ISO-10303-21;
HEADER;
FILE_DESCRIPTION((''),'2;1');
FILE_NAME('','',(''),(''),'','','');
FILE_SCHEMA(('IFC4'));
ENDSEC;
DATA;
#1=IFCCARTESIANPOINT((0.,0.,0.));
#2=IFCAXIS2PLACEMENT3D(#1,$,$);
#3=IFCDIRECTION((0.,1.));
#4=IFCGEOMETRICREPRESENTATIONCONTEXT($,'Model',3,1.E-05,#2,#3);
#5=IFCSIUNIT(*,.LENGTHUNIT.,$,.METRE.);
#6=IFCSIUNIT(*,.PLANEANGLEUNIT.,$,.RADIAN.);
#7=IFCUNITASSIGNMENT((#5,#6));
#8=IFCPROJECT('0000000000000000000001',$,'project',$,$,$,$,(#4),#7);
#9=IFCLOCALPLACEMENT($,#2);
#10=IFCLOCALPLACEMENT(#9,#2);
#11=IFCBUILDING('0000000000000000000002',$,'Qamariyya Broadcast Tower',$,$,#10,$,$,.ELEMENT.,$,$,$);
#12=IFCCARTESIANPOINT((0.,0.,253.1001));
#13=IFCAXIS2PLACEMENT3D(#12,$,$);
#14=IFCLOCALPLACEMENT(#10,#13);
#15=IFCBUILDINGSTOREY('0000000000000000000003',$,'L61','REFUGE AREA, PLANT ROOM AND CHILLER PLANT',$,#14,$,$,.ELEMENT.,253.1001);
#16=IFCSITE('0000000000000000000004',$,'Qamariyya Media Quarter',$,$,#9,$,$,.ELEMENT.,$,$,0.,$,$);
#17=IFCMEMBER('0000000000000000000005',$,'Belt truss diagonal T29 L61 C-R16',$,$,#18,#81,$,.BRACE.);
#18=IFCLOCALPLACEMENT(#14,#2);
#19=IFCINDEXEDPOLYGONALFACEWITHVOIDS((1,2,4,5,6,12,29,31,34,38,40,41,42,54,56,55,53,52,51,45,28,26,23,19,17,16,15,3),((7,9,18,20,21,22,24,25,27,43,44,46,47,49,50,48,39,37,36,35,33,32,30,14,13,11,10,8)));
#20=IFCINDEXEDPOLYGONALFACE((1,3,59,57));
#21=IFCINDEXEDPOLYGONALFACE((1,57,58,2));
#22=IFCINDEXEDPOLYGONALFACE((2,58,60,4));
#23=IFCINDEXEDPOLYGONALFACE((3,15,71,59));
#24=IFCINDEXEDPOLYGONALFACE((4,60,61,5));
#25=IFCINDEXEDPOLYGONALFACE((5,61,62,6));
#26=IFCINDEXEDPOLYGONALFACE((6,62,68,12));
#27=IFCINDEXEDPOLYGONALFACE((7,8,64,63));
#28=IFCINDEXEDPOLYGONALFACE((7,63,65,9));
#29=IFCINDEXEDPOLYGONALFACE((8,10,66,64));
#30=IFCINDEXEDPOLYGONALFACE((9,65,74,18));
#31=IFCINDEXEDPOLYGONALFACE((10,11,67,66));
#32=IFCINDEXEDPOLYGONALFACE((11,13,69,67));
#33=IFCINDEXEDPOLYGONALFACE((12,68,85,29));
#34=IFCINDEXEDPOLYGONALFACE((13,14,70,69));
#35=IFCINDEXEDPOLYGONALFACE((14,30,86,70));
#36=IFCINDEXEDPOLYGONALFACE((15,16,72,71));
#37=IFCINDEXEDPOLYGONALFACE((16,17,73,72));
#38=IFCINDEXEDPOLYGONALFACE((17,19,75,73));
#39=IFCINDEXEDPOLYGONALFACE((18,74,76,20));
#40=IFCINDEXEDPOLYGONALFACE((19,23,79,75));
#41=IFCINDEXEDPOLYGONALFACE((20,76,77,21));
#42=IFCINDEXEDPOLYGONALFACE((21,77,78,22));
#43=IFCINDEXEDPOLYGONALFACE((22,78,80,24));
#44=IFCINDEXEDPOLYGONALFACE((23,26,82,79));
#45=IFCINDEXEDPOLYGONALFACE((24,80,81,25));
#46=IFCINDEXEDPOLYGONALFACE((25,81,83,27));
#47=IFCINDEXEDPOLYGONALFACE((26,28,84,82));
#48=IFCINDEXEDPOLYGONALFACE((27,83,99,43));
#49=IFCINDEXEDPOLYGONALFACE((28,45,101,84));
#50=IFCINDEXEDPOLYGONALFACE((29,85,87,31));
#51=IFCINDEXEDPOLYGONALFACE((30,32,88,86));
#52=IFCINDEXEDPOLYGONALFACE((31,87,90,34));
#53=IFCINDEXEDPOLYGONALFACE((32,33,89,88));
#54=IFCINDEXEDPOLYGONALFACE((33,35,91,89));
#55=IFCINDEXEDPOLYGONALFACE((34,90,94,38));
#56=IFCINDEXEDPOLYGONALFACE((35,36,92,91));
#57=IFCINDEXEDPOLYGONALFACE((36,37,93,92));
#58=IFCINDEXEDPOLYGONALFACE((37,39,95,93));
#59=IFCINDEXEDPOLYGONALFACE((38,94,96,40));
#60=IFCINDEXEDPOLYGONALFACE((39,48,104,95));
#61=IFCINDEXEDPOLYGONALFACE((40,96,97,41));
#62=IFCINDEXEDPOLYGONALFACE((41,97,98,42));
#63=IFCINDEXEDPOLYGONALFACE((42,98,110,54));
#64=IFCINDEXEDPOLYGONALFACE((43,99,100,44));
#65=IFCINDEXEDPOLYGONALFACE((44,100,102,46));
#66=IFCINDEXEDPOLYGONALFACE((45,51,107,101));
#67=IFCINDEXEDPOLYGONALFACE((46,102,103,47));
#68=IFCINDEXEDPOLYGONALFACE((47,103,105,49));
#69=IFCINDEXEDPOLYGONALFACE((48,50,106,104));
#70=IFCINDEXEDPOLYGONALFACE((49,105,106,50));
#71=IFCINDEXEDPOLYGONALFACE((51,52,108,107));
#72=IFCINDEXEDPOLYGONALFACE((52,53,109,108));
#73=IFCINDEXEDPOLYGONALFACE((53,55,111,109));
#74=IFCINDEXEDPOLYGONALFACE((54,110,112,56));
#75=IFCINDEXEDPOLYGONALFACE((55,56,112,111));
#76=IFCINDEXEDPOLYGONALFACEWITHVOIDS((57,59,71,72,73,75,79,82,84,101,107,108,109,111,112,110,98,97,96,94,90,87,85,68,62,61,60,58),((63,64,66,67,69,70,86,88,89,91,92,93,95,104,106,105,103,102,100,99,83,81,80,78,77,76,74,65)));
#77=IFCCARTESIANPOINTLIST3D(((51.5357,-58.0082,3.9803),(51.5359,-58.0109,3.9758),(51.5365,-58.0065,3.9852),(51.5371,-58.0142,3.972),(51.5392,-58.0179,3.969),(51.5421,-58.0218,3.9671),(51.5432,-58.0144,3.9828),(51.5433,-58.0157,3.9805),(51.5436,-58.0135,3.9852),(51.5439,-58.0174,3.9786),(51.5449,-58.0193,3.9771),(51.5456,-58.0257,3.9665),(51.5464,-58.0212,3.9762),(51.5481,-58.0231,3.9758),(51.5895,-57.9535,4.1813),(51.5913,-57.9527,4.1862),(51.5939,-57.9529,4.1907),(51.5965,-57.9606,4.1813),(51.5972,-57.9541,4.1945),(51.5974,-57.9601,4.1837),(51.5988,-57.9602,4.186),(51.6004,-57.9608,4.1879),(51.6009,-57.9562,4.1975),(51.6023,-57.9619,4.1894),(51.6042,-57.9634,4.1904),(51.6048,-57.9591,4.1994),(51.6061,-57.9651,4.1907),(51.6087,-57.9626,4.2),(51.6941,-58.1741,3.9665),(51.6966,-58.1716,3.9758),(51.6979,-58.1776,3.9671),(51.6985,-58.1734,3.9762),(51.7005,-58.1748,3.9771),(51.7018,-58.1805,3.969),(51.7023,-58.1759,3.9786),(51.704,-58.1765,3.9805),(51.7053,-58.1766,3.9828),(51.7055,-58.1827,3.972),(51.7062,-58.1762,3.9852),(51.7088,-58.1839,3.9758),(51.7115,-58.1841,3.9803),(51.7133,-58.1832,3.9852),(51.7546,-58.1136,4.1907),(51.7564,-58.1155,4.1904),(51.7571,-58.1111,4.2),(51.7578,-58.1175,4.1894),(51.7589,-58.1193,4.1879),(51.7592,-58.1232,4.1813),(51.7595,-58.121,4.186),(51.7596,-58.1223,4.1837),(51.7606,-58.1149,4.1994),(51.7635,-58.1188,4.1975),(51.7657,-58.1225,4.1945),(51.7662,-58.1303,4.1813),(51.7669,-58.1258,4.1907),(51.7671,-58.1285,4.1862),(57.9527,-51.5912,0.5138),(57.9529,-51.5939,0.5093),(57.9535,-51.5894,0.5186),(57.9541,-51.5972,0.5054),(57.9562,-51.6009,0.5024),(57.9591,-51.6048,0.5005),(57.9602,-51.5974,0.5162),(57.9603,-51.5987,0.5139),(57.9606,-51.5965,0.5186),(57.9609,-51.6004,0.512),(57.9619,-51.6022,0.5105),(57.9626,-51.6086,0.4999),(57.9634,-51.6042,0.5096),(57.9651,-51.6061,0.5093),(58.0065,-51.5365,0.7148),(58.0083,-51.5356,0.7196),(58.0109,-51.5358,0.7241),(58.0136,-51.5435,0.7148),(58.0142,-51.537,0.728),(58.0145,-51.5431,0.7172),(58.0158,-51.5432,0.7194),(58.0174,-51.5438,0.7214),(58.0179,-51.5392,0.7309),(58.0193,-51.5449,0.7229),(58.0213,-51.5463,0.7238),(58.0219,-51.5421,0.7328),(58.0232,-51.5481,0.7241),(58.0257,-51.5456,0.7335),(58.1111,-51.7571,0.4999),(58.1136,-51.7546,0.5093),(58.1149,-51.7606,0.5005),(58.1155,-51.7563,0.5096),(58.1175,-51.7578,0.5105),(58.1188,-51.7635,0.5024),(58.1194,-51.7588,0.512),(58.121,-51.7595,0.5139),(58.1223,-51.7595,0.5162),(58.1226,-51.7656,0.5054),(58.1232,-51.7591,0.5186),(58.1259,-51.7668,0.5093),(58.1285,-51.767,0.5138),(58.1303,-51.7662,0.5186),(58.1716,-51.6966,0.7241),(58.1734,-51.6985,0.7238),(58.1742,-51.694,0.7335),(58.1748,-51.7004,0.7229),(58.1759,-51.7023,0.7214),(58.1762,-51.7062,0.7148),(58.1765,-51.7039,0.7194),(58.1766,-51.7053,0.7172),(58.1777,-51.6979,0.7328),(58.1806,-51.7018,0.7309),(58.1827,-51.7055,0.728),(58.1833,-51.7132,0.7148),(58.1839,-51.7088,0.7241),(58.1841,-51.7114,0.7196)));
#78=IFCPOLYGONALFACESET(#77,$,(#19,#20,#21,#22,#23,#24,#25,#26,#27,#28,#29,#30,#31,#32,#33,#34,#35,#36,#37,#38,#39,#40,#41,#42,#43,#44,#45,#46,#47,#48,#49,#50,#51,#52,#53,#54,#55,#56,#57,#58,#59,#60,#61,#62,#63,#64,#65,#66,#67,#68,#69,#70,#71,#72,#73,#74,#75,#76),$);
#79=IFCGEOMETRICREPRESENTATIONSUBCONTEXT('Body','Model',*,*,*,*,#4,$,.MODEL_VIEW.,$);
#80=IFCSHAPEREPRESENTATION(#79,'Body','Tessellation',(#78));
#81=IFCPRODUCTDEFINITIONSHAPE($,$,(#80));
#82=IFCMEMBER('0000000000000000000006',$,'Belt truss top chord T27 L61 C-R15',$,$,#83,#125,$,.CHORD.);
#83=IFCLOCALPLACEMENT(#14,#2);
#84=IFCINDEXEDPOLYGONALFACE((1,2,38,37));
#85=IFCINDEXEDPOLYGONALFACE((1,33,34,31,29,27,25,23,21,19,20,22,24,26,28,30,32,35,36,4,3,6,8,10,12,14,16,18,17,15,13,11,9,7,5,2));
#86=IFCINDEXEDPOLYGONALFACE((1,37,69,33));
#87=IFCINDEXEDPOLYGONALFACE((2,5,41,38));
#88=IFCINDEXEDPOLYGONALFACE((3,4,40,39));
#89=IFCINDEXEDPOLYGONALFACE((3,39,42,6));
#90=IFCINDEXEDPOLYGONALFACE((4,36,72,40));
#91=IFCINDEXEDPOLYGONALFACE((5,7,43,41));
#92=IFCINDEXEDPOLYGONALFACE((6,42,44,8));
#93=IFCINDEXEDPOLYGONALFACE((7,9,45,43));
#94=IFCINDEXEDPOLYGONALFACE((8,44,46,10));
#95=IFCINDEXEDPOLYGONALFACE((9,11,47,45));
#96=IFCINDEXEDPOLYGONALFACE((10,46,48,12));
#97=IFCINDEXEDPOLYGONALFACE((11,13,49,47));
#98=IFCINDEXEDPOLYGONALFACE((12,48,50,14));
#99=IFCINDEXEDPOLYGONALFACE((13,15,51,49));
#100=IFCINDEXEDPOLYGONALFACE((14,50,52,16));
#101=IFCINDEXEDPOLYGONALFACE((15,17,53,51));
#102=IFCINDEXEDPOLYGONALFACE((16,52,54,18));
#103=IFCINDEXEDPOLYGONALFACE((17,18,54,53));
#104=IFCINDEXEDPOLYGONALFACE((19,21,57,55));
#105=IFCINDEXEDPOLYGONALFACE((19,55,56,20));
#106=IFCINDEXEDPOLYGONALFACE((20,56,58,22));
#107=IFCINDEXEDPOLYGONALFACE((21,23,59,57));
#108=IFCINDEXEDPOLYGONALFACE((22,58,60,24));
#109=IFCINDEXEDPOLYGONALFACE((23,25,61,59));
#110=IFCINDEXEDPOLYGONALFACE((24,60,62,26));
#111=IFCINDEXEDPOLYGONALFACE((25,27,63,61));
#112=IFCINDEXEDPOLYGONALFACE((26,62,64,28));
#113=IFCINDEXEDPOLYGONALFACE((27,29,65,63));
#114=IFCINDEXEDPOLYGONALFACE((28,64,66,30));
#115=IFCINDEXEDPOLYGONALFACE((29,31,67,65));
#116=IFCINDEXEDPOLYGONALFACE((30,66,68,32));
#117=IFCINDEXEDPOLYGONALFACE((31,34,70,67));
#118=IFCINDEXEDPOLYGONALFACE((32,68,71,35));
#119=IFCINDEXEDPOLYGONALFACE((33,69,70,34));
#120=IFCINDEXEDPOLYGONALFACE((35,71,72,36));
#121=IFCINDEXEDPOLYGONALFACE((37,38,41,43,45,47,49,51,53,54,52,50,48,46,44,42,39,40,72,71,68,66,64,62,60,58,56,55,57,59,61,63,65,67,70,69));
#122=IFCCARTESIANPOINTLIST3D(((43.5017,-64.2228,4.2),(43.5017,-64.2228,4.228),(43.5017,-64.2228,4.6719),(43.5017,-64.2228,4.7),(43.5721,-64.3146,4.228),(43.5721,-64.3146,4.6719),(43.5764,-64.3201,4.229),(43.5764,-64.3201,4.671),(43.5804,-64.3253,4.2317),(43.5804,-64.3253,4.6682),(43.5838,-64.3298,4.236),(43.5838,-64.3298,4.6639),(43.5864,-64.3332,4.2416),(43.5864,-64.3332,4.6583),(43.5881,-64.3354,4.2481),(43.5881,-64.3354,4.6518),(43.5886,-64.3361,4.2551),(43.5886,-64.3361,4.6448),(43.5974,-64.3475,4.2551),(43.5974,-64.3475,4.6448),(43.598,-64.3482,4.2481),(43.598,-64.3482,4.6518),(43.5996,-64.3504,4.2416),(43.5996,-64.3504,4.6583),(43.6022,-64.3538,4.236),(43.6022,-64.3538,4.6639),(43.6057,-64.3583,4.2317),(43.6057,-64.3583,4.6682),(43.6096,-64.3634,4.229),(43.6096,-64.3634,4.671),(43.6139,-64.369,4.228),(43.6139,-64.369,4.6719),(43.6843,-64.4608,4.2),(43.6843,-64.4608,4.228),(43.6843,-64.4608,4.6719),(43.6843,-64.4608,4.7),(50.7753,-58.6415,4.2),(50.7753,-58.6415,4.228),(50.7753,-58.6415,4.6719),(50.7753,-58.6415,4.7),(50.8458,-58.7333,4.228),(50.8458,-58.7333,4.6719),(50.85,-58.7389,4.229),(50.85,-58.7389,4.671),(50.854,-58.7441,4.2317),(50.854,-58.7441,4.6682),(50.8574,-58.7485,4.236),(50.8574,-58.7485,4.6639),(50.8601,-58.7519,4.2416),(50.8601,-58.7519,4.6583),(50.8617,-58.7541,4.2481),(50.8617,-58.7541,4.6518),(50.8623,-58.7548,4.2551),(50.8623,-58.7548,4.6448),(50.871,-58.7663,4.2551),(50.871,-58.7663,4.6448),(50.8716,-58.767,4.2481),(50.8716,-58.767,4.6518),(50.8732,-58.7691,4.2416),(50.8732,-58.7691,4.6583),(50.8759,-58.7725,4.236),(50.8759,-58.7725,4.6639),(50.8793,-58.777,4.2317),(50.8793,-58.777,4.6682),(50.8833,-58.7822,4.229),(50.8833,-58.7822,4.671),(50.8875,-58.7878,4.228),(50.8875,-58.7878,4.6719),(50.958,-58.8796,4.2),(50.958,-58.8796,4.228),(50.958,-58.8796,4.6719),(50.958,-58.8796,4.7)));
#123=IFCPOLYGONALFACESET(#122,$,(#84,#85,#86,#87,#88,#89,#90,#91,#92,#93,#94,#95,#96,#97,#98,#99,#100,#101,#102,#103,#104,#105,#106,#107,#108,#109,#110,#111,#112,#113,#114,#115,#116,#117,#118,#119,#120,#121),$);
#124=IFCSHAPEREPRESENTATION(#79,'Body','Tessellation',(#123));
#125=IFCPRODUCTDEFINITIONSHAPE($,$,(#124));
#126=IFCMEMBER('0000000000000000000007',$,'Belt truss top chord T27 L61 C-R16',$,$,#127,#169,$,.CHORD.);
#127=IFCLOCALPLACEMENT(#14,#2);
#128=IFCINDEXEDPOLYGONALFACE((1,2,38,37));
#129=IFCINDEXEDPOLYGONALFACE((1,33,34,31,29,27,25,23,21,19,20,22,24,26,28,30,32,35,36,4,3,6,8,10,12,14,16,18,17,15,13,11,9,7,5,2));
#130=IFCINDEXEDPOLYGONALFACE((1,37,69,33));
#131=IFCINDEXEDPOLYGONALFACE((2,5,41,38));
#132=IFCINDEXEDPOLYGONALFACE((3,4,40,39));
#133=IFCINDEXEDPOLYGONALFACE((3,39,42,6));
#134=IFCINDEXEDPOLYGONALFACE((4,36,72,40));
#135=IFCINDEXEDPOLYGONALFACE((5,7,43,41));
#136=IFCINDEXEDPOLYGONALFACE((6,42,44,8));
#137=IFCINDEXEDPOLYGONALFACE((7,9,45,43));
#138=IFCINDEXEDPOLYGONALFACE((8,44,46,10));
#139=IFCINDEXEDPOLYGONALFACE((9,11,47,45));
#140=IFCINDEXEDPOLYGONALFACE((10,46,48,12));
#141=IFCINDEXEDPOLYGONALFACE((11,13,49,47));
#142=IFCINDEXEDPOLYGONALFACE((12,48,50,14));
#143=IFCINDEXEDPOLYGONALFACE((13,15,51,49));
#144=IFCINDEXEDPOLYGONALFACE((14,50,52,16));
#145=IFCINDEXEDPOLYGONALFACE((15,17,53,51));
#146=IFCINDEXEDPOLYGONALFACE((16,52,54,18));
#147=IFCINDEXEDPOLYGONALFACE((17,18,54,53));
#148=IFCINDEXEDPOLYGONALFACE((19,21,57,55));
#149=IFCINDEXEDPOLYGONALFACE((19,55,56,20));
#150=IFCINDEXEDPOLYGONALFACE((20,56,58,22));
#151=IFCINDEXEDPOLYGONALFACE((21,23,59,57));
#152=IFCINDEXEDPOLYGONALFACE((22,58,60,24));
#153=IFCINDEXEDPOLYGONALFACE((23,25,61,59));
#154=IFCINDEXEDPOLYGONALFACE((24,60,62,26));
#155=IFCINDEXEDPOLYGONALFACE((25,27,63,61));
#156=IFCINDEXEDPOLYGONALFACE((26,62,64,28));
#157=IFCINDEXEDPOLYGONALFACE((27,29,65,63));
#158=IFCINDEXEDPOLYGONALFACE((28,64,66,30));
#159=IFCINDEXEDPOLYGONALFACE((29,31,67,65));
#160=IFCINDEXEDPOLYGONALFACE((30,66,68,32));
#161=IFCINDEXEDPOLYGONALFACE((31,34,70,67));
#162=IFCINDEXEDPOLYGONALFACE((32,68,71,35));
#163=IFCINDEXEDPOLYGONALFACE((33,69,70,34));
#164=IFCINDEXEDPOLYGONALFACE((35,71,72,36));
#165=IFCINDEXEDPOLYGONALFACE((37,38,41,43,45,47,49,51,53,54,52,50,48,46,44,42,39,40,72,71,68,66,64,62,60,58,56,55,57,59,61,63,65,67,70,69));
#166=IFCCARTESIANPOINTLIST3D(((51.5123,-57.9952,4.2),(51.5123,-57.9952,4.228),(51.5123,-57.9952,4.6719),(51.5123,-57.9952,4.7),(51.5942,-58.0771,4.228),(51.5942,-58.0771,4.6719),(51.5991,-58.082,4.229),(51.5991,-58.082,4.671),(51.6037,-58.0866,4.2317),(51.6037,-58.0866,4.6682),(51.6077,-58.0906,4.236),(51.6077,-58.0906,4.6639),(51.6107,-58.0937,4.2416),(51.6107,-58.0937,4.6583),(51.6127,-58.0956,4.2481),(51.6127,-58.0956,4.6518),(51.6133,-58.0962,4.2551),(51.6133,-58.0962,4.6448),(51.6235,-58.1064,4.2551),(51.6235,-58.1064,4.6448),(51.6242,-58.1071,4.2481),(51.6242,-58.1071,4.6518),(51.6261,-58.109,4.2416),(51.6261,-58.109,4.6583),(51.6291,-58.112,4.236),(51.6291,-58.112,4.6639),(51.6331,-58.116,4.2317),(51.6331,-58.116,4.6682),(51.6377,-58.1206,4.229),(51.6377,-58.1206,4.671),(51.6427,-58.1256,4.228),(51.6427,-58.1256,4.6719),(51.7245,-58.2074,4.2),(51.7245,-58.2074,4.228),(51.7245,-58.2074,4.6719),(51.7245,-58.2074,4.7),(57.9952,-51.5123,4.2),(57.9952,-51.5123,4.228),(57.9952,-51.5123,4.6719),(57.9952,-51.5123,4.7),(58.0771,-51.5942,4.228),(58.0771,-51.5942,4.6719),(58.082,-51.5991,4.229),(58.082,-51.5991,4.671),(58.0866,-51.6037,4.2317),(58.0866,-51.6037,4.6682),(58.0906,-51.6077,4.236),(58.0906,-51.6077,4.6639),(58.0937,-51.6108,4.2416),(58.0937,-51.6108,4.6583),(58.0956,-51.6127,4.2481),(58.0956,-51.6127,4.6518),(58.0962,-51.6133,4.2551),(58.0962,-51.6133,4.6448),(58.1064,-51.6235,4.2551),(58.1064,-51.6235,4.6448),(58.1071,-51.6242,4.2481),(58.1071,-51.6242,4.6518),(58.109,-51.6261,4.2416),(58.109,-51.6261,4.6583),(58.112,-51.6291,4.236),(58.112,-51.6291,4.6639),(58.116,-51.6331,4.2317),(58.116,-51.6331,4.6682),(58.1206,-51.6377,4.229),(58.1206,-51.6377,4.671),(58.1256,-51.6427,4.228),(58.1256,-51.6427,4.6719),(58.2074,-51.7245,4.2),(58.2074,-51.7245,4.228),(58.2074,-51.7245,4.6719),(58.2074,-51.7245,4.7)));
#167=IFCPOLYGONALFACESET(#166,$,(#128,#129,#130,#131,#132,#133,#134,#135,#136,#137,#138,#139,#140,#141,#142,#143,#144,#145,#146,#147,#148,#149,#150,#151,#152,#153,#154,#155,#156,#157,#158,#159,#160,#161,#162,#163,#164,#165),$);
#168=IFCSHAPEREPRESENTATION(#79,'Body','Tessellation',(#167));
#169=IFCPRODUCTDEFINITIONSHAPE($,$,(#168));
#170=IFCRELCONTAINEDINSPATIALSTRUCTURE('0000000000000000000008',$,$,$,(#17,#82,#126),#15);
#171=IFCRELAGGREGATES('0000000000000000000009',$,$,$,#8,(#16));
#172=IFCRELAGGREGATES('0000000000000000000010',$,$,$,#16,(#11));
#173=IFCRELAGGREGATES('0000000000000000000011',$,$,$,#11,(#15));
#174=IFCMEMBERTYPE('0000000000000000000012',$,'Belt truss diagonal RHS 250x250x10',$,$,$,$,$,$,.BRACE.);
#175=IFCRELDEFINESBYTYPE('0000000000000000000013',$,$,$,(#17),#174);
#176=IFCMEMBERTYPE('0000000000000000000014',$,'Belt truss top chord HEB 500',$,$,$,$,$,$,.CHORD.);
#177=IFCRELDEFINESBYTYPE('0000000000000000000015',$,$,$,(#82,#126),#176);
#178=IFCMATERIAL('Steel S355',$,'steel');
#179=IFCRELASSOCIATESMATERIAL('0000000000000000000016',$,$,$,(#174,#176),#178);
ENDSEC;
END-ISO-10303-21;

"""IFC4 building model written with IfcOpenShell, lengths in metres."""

from ifc_helpers import new_model, si_unit, direction, frame, origin, origin_2d, place, context, subcontext, project, spatial, hollow_rectangle, i_section, extrude, material, material_profile, profile_set, type_object, element, save


model = new_model("IFC4")

# Units and contexts
model_context = context("Model", 3, precision=1e-05, world=origin(), true_north=direction((0.0, 1.0)))
body_context = subcontext(model_context, "Body", "Model", "MODEL_VIEW")
ifc_project = project(units=[si_unit("LENGTHUNIT", "METRE"), si_unit("PLANEANGLEUNIT", "RADIAN")], contexts=[model_context])

# Site, building, storey
site_placement = place(None, origin())
site = spatial("IfcSite", under=ifc_project, at=site_placement, Name="Qamariyya Media Quarter", CompositionType="ELEMENT", RefElevation=0.0)
building_placement = place(site_placement, origin())
building = spatial("IfcBuilding", under=site, at=building_placement, Name="Qamariyya Broadcast Tower", CompositionType="ELEMENT")
storey_placement = place(building_placement, frame((0.0, 0.0, 253.1001)))
storey = spatial("IfcBuildingStorey", under=building, at=storey_placement, Name="L61", Description="REFUGE AREA, PLANT ROOM AND CHILLER PLANT", CompositionType="ELEMENT", Elevation=253.1001)

# Members
ifc_material_1 = material(Name="Steel S355", Category="steel")
ifc_material_profile_1 = material_profile(ifc_material_1, hollow_rectangle(XDim=0.25, YDim=0.25, WallThickness=0.01, InnerFilletRadius=0.01, OuterFilletRadius=0.02, at=origin_2d()))
ifc_profile_set_1 = profile_set([ifc_material_profile_1], Name="Steel S355")
member_type_1 = type_object("IfcMemberType", Name="Belt truss diagonal RHS 250x250x10", PredefinedType="BRACE", material=ifc_profile_set_1)
member_1_placement = place(storey_placement, frame((51.6514, -58.0684, 4.0833), z_axis=(0.660554, 0.660554, -0.356841), x_axis=(-0.707107, 0.707107, 0.0)))
element("IfcMember", 1, at=member_1_placement, inside=storey, type_object=member_type_1, Name="Belt truss diagonal T29 L61 C-R16", PredefinedType="BRACE", context=body_context, shape_type="SweptSolid", body=[
    extrude(hollow_rectangle(XDim=0.25, YDim=0.25, WallThickness=0.01, InnerFilletRadius=0.01, OuterFilletRadius=0.02, at=origin_2d()), origin(), (0.0, 0.0, 1.0), 9.7146),
])
ifc_material_profile_2 = material_profile(ifc_material_1, i_section(OverallWidth=0.3, OverallDepth=0.5, WebThickness=0.0144, FlangeThickness=0.0281, FilletRadius=0.0271, at=origin_2d()))
ifc_profile_set_2 = profile_set([ifc_material_profile_2], Name="Steel S355")
member_type_2 = type_object("IfcMemberType", Name="Belt truss top chord HEB 500", PredefinedType="CHORD", material=ifc_profile_set_2)
for number, where, z_axis, x_axis, name in (
    (2, (43.593, -64.3418, 4.45), (0.793353, 0.608762, 0.0), (-0.608762, 0.793353, 0.0), "Belt truss top chord T27 L61 C-R15"),
    (3, (51.6184, -58.1013, 4.45), (0.707107, 0.707107, 0.0), (-0.707107, 0.707107, 0.0), "Belt truss top chord T27 L61 C-R16"),
):
    element("IfcMember", number, at=place(storey_placement, frame(where, z_axis=z_axis, x_axis=x_axis)), inside=storey, type_object=member_type_2, Name=name, PredefinedType="CHORD", context=body_context, shape_type="SweptSolid", body=[
        extrude(i_section(OverallWidth=0.3, OverallDepth=0.5, WebThickness=0.0144, FlangeThickness=0.0281, FilletRadius=0.0271, at=origin_2d()), origin(), (0.0, 0.0, 1.0), 9.1682),
    ])

save(model, "model.ifc")
